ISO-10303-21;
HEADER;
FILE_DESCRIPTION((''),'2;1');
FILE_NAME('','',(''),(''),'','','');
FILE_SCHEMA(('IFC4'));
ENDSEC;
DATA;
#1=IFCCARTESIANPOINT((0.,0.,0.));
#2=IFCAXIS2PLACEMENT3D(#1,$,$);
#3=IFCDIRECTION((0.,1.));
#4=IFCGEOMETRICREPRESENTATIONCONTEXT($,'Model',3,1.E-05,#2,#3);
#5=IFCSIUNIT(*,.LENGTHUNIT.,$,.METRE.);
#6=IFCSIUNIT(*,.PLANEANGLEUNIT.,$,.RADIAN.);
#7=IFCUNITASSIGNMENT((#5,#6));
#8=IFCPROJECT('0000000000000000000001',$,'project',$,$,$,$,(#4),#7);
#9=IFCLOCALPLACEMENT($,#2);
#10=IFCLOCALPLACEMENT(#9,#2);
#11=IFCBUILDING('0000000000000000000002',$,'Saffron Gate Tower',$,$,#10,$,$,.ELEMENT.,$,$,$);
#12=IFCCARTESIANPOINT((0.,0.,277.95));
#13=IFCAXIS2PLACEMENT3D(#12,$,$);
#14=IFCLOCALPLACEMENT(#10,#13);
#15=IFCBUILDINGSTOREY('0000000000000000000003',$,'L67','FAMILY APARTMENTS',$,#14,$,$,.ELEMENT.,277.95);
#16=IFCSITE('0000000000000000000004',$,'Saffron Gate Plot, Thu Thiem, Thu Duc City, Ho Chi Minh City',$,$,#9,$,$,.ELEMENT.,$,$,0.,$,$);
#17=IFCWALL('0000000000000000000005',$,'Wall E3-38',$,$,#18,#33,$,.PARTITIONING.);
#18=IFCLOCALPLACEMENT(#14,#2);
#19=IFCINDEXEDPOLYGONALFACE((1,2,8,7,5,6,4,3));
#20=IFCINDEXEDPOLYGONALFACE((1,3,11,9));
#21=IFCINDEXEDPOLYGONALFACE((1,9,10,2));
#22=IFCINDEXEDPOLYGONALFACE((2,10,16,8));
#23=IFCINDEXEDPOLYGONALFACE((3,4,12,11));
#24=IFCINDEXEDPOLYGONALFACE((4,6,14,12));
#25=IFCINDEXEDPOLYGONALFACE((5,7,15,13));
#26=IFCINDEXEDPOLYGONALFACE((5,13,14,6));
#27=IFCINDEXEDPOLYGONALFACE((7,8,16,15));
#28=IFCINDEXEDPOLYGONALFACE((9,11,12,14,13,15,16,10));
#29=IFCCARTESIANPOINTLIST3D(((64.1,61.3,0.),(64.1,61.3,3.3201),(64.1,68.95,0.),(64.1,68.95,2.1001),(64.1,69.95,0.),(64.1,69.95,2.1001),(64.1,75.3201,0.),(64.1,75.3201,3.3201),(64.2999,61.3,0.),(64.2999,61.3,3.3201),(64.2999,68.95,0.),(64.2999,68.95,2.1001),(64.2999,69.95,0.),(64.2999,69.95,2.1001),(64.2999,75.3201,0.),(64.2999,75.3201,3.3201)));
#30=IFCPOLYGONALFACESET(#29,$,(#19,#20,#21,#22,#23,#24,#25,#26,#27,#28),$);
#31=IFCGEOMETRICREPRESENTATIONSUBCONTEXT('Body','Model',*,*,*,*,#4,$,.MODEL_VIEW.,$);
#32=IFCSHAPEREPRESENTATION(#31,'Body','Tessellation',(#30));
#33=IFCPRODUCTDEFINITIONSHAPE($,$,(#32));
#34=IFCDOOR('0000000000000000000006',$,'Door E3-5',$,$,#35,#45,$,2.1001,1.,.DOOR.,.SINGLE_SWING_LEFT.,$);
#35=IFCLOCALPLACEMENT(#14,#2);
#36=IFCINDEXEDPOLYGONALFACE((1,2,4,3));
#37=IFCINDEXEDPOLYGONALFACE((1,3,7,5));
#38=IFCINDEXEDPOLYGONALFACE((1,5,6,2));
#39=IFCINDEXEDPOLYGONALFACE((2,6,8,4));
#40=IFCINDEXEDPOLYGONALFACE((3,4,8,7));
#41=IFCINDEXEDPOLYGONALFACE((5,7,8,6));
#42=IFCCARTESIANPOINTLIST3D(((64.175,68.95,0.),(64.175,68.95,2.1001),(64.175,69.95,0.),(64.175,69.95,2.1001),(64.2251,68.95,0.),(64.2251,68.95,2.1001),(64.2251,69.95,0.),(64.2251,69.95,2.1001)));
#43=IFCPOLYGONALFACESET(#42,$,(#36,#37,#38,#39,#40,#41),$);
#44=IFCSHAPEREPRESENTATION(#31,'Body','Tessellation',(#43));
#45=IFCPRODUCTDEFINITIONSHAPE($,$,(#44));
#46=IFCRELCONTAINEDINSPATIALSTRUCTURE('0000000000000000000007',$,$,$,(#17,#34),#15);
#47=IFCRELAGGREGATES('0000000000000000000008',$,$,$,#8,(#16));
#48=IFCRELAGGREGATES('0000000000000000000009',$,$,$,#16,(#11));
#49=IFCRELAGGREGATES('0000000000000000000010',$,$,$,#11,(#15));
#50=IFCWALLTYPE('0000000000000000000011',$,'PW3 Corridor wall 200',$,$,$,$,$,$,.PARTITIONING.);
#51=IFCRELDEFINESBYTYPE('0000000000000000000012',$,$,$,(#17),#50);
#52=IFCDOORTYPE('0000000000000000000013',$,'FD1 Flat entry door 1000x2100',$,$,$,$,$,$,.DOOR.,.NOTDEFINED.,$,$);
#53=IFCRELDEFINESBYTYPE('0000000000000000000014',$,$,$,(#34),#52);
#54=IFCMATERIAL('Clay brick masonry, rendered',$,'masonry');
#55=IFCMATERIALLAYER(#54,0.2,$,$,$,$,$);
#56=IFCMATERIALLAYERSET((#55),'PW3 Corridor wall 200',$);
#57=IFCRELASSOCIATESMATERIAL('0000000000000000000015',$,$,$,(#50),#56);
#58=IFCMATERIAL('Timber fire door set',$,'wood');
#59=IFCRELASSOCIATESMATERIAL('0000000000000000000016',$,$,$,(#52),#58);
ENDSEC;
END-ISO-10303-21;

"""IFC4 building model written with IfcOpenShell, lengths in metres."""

from ifc_helpers import new_model, si_unit, direction, frame, frame_2d, origin, place, context, subcontext, project, spatial, rectangle, extrude, material, layer, layer_set, type_object, element, fill, save


model = new_model("IFC4")

# Units and contexts
model_context = context("Model", 3, precision=1e-05, world=origin(), true_north=direction((0.0, 1.0)))
body_context = subcontext(model_context, "Body", "Model", "MODEL_VIEW")
ifc_project = project(units=[si_unit("LENGTHUNIT", "METRE"), si_unit("PLANEANGLEUNIT", "RADIAN")], contexts=[model_context])

# Site, building, storey
site_placement = place(None, origin())
site = spatial("IfcSite", under=ifc_project, at=site_placement, Name="Saffron Gate Plot, Thu Thiem, Thu Duc City, Ho Chi Minh City", CompositionType="ELEMENT", RefElevation=0.0)
building_placement = place(site_placement, origin())
building = spatial("IfcBuilding", under=site, at=building_placement, Name="Saffron Gate Tower", CompositionType="ELEMENT")
storey_placement = place(building_placement, frame((0.0, 0.0, 277.95)))
storey = spatial("IfcBuildingStorey", under=building, at=storey_placement, Name="L67", Description="FAMILY APARTMENTS", CompositionType="ELEMENT", Elevation=277.95)

# Wall, opening, door
ifc_material_1 = material(Name="Clay brick masonry, rendered", Category="masonry")
ifc_layer_1 = layer(ifc_material_1, 0.2)
ifc_layer_set_1 = layer_set([ifc_layer_1], Name="PW3 Corridor wall 200")
wall_type_1 = type_object("IfcWallType", Name="PW3 Corridor wall 200", PredefinedType="PARTITIONING", material=ifc_layer_set_1)
wall_1_placement = place(storey_placement, frame((64.2, 61.3, 0.0), z_axis=(0.0, 0.0, 1.0), x_axis=(0.0, 1.0, 0.0)))
wall_1 = element("IfcWall", 1, at=wall_1_placement, inside=storey, type_object=wall_type_1, Name="Wall E3-38", PredefinedType="PARTITIONING", context=body_context, shape_type="SweptSolid", body=[
    extrude(rectangle(XDim=14.02, YDim=0.2, at=frame_2d((7.01, 0.0))), origin(), (0.0, 0.0, 1.0), 3.3201),
])
opening_1_placement = place(wall_1_placement, frame((7.6499, 0.0, 0.0)))
opening_1 = element("IfcOpeningElement", 2, at=opening_1_placement, cuts=wall_1, PredefinedType="OPENING", context=body_context, shape_type="SweptSolid", body=[
    extrude(rectangle(XDim=1.0, YDim=2.1001, at=frame_2d((0.5, 1.05))), frame((0.0, 0.1099, 0.0), z_axis=(0.0, -1.0, 0.0), x_axis=(1.0, 0.0, 0.0)), (0.0, 0.0, 1.0), 0.22),
])
ifc_material_2 = material(Name="Timber fire door set", Category="wood")
door_type_1 = type_object("IfcDoorType", Name="FD1 Flat entry door 1000x2100", OperationType="NOTDEFINED", PredefinedType="DOOR", material=ifc_material_2)
door_1_placement = place(opening_1_placement, origin())
door_1 = element("IfcDoor", 3, at=door_1_placement, inside=storey, type_object=door_type_1, Name="Door E3-5", OperationType="SINGLE_SWING_LEFT", OverallHeight=2.1001, OverallWidth=1.0, PredefinedType="DOOR", context=body_context, shape_type="SweptSolid", body=[
    extrude(rectangle(XDim=1.0, YDim=2.1001, at=frame_2d((0.5, 1.05))), frame((0.0, 0.0249, 0.0), z_axis=(0.0, -1.0, 0.0), x_axis=(1.0, 0.0, 0.0)), (0.0, 0.0, 1.0), 0.05),
])
fill(opening_1, door_1)

save(model, "model.ifc")
